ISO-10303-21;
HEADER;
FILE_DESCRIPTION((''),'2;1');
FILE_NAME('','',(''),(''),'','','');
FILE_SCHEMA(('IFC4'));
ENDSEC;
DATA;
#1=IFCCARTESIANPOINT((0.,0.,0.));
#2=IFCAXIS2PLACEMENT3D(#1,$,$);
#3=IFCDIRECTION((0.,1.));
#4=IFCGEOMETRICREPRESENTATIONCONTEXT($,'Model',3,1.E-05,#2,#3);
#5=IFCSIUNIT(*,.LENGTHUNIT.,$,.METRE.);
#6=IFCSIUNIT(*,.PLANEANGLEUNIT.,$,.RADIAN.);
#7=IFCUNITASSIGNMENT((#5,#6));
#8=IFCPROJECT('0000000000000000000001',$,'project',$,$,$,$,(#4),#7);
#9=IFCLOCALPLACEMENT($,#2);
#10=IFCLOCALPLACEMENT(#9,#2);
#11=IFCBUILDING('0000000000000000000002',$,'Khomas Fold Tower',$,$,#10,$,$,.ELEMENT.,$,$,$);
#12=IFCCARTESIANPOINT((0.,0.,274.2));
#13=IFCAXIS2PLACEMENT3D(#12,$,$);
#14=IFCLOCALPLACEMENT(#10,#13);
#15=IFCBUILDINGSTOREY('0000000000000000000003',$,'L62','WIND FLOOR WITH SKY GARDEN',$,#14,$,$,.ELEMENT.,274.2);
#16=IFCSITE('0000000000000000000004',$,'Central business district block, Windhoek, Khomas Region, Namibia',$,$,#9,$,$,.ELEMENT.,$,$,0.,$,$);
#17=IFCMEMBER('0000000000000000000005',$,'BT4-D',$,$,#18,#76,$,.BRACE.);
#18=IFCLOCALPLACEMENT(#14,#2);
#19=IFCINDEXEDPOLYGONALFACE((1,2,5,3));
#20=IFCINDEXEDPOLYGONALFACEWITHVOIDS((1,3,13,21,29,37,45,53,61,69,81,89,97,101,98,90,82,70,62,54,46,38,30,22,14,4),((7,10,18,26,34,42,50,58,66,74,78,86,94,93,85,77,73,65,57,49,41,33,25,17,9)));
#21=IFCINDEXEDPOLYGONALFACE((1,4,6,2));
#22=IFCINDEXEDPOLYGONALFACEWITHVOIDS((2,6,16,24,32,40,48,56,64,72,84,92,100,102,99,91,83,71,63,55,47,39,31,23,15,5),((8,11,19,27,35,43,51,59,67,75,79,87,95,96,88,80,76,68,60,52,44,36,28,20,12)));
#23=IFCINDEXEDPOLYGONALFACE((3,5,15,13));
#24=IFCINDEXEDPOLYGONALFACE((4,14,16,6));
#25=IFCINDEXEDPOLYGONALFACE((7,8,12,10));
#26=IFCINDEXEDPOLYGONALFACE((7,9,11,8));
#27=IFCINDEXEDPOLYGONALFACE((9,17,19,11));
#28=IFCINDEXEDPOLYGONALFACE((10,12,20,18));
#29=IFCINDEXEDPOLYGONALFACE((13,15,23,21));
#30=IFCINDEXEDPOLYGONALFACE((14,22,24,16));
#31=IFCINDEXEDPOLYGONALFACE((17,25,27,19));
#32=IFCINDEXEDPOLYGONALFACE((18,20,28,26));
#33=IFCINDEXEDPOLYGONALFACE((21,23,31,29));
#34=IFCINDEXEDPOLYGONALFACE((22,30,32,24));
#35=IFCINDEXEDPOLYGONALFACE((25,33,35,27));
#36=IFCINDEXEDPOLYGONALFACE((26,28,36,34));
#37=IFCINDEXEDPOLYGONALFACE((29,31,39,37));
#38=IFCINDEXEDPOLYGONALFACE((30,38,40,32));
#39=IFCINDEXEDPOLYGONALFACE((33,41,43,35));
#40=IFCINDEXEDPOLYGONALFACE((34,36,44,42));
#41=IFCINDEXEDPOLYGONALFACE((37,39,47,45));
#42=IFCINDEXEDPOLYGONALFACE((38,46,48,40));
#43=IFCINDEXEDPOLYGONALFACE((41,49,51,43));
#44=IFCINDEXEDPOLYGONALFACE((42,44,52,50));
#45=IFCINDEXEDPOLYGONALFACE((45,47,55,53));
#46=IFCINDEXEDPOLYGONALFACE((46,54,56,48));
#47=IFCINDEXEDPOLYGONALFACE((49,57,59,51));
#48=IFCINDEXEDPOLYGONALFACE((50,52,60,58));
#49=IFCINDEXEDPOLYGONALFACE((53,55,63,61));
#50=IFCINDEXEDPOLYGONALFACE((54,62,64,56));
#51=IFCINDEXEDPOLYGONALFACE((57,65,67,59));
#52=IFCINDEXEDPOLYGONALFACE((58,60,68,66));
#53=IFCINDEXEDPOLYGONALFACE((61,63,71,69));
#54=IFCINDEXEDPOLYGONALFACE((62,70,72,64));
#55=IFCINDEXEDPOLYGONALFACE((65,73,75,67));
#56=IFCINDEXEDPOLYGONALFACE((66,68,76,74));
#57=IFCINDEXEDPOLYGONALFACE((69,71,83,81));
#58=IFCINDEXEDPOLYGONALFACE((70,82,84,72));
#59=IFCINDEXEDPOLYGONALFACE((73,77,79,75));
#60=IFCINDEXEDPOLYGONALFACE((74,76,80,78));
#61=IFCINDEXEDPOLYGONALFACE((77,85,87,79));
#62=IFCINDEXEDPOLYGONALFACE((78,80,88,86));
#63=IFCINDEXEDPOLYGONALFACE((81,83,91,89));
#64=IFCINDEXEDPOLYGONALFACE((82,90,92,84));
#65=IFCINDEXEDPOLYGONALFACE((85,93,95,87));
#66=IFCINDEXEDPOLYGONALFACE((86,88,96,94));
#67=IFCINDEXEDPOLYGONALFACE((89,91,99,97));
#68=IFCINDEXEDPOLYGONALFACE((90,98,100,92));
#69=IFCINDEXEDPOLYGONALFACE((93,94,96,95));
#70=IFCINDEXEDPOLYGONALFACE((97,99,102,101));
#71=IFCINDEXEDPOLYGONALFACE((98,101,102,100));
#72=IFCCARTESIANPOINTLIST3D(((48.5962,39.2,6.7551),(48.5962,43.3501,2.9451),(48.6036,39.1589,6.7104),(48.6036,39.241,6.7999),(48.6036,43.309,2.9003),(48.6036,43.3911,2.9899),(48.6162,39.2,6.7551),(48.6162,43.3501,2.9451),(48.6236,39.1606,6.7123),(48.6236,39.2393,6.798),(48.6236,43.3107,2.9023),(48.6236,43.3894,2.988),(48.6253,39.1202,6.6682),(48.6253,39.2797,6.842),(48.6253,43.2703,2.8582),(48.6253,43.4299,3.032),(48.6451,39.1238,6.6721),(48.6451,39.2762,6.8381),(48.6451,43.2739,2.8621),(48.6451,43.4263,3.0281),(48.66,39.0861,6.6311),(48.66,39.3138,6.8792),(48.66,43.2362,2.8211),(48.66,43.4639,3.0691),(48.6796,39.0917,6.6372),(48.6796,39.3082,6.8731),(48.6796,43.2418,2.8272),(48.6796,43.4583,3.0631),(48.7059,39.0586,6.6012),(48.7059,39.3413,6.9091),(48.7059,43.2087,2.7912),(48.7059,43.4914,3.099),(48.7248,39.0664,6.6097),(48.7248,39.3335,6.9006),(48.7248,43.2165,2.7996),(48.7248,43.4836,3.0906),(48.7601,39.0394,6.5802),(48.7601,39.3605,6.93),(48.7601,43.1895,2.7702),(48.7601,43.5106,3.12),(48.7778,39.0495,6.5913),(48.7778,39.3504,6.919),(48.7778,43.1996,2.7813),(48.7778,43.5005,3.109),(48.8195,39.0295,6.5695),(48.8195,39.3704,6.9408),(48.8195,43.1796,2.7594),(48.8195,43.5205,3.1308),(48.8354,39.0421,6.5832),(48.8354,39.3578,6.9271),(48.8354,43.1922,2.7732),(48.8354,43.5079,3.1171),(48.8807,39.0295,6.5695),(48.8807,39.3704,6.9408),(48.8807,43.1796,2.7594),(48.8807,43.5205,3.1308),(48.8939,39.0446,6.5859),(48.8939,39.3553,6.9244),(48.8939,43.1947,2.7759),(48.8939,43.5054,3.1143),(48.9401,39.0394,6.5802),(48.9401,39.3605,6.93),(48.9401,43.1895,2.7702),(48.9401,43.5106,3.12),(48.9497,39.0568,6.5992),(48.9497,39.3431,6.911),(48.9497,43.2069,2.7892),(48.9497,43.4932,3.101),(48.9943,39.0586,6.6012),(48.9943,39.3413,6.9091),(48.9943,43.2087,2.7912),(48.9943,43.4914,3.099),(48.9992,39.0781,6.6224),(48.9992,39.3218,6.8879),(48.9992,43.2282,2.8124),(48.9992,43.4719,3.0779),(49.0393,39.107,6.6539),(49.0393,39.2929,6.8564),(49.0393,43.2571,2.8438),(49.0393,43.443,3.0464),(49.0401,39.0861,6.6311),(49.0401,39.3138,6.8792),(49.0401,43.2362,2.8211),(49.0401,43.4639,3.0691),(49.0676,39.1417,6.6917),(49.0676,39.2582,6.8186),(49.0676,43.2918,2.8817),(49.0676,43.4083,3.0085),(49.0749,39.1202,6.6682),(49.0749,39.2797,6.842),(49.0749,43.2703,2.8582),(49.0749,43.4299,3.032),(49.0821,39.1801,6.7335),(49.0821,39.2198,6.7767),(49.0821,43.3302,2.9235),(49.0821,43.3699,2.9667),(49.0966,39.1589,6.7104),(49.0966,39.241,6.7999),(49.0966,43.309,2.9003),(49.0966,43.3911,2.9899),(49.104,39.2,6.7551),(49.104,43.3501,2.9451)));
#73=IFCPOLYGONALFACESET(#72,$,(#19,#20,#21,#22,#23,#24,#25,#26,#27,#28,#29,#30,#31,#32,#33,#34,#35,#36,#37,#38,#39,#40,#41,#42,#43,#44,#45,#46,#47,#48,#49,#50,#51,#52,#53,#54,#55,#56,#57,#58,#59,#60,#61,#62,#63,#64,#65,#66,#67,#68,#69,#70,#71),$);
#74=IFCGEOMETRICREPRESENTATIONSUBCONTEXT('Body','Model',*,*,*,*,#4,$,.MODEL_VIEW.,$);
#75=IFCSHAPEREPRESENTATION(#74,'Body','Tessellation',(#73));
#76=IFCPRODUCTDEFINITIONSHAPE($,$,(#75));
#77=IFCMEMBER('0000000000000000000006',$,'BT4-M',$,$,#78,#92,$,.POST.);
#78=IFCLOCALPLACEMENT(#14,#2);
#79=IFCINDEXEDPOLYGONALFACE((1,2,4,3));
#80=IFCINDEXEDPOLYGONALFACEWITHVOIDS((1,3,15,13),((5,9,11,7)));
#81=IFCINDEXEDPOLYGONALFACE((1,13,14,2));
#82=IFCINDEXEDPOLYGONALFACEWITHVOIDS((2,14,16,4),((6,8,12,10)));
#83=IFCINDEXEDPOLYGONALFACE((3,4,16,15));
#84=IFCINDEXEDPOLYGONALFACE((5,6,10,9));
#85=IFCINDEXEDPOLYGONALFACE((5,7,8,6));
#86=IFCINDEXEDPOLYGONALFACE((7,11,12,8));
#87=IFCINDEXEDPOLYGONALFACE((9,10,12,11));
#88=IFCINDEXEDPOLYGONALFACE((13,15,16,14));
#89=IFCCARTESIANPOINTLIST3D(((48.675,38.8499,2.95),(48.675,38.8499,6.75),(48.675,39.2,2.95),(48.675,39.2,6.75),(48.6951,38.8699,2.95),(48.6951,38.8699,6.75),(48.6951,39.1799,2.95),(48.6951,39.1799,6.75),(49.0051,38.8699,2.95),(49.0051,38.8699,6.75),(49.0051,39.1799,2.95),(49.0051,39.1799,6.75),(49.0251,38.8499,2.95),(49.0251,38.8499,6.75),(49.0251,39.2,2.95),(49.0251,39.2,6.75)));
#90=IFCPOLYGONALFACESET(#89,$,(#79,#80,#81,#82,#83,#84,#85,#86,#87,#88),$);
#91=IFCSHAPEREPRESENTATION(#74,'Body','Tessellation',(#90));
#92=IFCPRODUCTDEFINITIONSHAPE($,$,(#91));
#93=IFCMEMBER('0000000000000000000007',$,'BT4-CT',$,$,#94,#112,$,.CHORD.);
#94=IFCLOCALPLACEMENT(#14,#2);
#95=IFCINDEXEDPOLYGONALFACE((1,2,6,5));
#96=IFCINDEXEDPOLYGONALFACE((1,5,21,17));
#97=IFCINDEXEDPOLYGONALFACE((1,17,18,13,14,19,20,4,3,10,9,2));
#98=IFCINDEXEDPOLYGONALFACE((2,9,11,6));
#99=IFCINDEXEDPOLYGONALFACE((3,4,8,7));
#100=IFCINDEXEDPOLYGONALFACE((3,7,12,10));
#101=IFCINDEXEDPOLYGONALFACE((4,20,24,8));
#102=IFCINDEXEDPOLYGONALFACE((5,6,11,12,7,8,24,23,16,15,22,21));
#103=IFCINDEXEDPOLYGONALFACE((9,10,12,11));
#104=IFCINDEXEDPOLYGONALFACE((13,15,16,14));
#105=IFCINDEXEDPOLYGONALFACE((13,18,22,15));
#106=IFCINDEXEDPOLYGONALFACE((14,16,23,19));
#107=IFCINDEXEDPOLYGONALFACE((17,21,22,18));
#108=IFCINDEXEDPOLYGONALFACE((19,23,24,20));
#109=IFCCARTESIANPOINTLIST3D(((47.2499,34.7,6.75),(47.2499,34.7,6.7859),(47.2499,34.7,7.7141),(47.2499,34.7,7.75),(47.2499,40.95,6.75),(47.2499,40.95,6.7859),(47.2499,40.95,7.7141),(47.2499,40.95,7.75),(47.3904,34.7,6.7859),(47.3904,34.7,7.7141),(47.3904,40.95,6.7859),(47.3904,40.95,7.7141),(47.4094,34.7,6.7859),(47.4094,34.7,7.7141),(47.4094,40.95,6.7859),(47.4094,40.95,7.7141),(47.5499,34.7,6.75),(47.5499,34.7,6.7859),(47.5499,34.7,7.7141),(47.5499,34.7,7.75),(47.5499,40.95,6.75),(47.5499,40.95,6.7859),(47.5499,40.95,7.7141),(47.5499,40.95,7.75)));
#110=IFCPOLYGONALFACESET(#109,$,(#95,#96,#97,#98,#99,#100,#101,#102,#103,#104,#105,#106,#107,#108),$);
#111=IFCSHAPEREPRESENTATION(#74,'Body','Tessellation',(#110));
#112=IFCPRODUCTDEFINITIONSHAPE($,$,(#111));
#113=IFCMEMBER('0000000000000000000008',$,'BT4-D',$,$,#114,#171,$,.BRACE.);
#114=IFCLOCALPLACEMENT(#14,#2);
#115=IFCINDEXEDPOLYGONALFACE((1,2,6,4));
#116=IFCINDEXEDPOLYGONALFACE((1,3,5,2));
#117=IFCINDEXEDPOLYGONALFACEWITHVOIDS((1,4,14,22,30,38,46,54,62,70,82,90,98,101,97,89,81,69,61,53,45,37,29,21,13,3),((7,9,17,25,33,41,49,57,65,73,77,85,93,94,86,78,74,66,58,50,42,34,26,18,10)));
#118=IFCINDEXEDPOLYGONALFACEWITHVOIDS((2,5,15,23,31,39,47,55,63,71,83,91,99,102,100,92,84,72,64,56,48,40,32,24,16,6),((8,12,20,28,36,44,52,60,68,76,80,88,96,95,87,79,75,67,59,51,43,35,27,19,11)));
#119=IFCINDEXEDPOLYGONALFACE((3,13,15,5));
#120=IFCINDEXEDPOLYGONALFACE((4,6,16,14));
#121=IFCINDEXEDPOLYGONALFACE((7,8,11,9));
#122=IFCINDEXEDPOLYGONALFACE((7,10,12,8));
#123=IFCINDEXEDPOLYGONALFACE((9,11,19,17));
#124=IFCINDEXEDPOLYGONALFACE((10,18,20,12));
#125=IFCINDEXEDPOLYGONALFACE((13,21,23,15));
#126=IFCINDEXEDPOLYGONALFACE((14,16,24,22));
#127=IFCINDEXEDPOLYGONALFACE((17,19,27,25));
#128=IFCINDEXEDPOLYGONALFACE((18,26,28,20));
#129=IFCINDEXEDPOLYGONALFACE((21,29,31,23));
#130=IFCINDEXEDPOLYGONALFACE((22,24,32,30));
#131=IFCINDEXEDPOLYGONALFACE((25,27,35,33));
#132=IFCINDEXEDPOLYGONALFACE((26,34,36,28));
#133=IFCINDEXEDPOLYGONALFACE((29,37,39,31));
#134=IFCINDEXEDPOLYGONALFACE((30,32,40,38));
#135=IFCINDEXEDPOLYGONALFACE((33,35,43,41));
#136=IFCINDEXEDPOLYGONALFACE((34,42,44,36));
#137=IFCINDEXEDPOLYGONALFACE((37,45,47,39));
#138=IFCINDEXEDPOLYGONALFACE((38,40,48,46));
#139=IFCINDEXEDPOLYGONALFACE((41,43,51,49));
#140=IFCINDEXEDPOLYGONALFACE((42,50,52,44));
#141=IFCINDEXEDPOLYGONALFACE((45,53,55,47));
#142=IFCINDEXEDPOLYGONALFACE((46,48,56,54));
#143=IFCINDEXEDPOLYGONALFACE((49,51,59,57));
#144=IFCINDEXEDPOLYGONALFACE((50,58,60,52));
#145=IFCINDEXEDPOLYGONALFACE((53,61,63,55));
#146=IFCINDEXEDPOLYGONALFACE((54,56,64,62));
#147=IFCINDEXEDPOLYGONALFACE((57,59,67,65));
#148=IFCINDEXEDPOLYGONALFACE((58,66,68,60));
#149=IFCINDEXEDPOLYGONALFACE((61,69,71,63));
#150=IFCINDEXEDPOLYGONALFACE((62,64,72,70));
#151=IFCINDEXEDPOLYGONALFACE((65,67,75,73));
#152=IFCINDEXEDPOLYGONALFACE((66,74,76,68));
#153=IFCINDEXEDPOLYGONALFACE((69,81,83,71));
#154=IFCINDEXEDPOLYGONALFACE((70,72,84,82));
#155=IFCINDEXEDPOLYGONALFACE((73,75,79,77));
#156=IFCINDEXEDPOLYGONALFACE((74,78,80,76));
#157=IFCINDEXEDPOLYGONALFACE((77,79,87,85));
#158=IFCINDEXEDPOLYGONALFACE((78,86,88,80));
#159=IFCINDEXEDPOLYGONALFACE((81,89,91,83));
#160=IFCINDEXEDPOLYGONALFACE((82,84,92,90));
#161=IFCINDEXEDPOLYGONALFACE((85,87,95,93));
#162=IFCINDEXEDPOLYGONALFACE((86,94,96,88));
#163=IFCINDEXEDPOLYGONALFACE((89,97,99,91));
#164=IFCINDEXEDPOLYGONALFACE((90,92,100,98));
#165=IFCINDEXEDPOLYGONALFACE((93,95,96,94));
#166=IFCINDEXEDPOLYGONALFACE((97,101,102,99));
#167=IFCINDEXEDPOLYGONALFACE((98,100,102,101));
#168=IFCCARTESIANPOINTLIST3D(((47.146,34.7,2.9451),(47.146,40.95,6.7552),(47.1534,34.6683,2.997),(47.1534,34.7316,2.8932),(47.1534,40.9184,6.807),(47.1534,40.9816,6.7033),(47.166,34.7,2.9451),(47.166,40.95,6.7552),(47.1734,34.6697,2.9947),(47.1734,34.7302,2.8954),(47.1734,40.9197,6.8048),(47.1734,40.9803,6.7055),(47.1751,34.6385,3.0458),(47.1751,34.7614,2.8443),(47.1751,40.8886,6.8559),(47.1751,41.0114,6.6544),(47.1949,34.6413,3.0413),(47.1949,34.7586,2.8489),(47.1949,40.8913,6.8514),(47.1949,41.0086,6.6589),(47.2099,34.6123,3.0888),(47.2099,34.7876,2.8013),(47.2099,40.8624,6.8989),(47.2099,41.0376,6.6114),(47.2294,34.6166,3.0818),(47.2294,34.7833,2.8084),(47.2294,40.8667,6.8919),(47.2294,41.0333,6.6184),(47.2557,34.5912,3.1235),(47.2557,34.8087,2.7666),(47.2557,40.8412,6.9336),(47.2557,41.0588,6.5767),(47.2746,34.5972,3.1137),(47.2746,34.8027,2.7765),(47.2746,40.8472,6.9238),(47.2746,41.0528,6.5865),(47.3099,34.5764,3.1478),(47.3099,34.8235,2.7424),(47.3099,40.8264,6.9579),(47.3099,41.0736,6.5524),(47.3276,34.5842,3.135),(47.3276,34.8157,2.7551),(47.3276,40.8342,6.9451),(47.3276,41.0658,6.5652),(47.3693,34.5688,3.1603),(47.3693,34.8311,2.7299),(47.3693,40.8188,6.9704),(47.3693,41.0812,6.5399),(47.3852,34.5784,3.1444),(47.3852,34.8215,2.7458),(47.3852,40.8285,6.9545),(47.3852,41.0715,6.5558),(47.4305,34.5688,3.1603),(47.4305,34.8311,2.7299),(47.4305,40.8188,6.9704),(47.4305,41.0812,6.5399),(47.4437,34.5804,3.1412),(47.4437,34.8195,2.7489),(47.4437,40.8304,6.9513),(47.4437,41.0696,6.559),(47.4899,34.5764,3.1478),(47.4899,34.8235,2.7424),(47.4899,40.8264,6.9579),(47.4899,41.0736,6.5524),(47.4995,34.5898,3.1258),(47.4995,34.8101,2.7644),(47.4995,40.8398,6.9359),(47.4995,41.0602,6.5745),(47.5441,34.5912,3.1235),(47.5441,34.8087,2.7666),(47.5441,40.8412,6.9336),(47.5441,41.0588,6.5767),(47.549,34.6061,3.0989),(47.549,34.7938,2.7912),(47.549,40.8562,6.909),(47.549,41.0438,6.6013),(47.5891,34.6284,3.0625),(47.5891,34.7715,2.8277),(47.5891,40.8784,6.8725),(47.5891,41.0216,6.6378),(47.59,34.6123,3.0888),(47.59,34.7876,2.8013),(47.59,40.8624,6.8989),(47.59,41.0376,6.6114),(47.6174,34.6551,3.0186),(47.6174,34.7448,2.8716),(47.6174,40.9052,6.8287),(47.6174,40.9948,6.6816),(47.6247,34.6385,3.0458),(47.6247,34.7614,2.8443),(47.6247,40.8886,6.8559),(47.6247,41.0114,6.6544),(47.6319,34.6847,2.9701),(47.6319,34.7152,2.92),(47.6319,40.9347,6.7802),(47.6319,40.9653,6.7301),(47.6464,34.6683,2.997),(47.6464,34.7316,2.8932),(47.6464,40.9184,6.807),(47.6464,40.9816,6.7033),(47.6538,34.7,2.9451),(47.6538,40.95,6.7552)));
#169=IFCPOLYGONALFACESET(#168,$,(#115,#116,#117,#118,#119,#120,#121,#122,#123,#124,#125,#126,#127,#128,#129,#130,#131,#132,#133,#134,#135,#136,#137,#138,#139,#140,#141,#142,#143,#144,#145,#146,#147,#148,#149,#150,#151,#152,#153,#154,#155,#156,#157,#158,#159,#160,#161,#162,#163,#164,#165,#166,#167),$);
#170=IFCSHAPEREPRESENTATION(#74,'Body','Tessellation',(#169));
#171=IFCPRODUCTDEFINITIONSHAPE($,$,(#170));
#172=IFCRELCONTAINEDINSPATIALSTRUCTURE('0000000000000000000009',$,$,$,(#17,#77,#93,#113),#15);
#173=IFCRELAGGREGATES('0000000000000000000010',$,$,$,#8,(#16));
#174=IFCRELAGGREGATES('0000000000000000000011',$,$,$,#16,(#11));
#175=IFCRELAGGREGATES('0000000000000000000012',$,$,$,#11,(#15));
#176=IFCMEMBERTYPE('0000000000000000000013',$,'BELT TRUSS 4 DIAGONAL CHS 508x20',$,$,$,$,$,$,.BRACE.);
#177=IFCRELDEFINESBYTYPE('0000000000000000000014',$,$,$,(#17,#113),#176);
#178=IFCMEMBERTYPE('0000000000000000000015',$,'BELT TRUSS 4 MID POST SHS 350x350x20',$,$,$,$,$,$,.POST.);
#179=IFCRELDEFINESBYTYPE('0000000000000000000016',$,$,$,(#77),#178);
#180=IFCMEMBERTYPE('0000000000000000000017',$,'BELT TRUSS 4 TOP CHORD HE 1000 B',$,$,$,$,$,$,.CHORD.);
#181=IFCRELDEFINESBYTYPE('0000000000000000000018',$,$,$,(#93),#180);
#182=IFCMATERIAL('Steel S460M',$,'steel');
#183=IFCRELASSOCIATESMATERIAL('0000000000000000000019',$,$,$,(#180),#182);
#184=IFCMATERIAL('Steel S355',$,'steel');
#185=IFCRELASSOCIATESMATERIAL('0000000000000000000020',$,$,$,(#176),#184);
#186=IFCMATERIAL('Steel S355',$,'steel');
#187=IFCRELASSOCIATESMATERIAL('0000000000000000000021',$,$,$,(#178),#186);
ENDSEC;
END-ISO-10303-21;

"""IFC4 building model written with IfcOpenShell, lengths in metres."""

from ifc_helpers import new_model, si_unit, direction, frame, origin, origin_2d, place, context, subcontext, project, spatial, hollow_rectangle, hollow_circle, i_section, extrude, source, transform, mapped, material, material_profile, profile_set, type_object, element, save


model = new_model("IFC4")

# Units and contexts
model_context = context("Model", 3, precision=1e-05, world=origin(), true_north=direction((0.0, 1.0)))
body_context = subcontext(model_context, "Body", "Model", "MODEL_VIEW")
ifc_project = project(units=[si_unit("LENGTHUNIT", "METRE"), si_unit("PLANEANGLEUNIT", "RADIAN")], contexts=[model_context])

# Site, building, storey
site_placement = place(None, origin())
site = spatial("IfcSite", under=ifc_project, at=site_placement, Name="Central business district block, Windhoek, Khomas Region, Namibia", CompositionType="ELEMENT", RefElevation=0.0)
building_placement = place(site_placement, origin())
building = spatial("IfcBuilding", under=site, at=building_placement, Name="Khomas Fold Tower", CompositionType="ELEMENT")
storey_placement = place(building_placement, frame((0.0, 0.0, 274.2)))
storey = spatial("IfcBuildingStorey", under=building, at=storey_placement, Name="L62", Description="WIND FLOOR WITH SKY GARDEN", CompositionType="ELEMENT", Elevation=274.2)

# Members
ifc_material_1 = material(Name="Steel S460M", Category="steel")
ifc_material_profile_1 = material_profile(ifc_material_1, i_section(OverallWidth=0.3, OverallDepth=1.0, WebThickness=0.019, FlangeThickness=0.0359, at=origin_2d()), Name="HE 1000 B")
ifc_profile_set_1 = profile_set([ifc_material_profile_1], Name="Steel S460M")
member_type_1 = type_object("IfcMemberType", Name="BELT TRUSS 4 TOP CHORD HE 1000 B", PredefinedType="CHORD", material=ifc_profile_set_1)
ifc_material_2 = material(Name="Steel S355", Category="steel")
ifc_material_profile_2 = material_profile(ifc_material_2, hollow_circle(Radius=0.2539, WallThickness=0.02, at=origin_2d()), Name="CHS 508x20")
ifc_profile_set_2 = profile_set([ifc_material_profile_2], Name="Steel S355")
member_type_2 = type_object("IfcMemberType", Name="BELT TRUSS 4 DIAGONAL CHS 508x20", PredefinedType="BRACE", material=ifc_profile_set_2)
shared_shape_1 = source(origin(), body_context, "Body", "SweptSolid", [
    extrude(hollow_circle(Radius=0.2539, WallThickness=0.02, at=origin_2d()), origin(), (0.0, 0.0, 1.0), 5.6338),
])
for number, where, z_axis, x_axis, name in (
    (1, (48.8501, 39.2, 6.7551), (0.0, 0.736645, -0.67628), (-1.0, 0.0, 0.0), "BT4-D"),
):
    element("IfcMember", number, at=place(storey_placement, frame(where, z_axis=z_axis, x_axis=x_axis)), inside=storey, type_object=member_type_2, Name=name, PredefinedType="BRACE", context=body_context, shape_type="MappedRepresentation", body=[
        mapped(shared_shape_1, transform((0.0, 0.0, 0.0))),
    ])
ifc_material_3 = material(Name="Steel S355", Category="steel")
ifc_material_profile_3 = material_profile(ifc_material_3, hollow_rectangle(XDim=0.3501, YDim=0.3501, WallThickness=0.02, at=origin_2d()), Name="SHS 350x350x20")
ifc_profile_set_3 = profile_set([ifc_material_profile_3], Name="Steel S355")
member_type_3 = type_object("IfcMemberType", Name="BELT TRUSS 4 MID POST SHS 350x350x20", PredefinedType="POST", material=ifc_profile_set_3)
shared_shape_2 = source(origin(), body_context, "Body", "SweptSolid", [
    extrude(hollow_rectangle(XDim=0.3501, YDim=0.3501, WallThickness=0.02, at=origin_2d()), origin(), (0.0, 0.0, 1.0), 3.8),
])
member_1_placement = place(storey_placement, frame((48.8501, 39.0249, 2.95), z_axis=(0.0, 0.0, 1.0), x_axis=(1.0, 0.0, 0.0)))
element("IfcMember", 2, at=member_1_placement, inside=storey, type_object=member_type_3, Name="BT4-M", PredefinedType="POST", context=body_context, shape_type="MappedRepresentation", body=[
    mapped(shared_shape_2, transform((0.0, 0.0, 0.0))),
])
shared_shape_3 = source(origin(), body_context, "Body", "SweptSolid", [
    extrude(i_section(OverallWidth=0.3, OverallDepth=1.0, WebThickness=0.019, FlangeThickness=0.0359, at=origin_2d()), origin(), (0.0, 0.0, 1.0), 6.25),
])
member_2_placement = place(storey_placement, frame((47.3999, 34.7, 7.25), z_axis=(0.0, 1.0, 0.0), x_axis=(-1.0, 0.0, 0.0)))
element("IfcMember", 3, at=member_2_placement, inside=storey, type_object=member_type_1, Name="BT4-CT", PredefinedType="CHORD", context=body_context, shape_type="MappedRepresentation", body=[
    mapped(shared_shape_3, transform((0.0, 0.0, 0.0))),
])
shared_shape_4 = source(origin(), body_context, "Body", "SweptSolid", [
    extrude(hollow_circle(Radius=0.2539, WallThickness=0.02, at=origin_2d()), origin(), (0.0, 0.0, 1.0), 7.3198),
])
member_3_placement = place(storey_placement, frame((47.3999, 34.7, 2.9451), z_axis=(0.0, 0.853852, 0.520516), x_axis=(-1.0, 0.0, 0.0)))
element("IfcMember", 4, at=member_3_placement, inside=storey, type_object=member_type_2, Name="BT4-D", PredefinedType="BRACE", context=body_context, shape_type="MappedRepresentation", body=[
    mapped(shared_shape_4, transform((0.0, 0.0, 0.0))),
])

save(model, "model.ifc")
